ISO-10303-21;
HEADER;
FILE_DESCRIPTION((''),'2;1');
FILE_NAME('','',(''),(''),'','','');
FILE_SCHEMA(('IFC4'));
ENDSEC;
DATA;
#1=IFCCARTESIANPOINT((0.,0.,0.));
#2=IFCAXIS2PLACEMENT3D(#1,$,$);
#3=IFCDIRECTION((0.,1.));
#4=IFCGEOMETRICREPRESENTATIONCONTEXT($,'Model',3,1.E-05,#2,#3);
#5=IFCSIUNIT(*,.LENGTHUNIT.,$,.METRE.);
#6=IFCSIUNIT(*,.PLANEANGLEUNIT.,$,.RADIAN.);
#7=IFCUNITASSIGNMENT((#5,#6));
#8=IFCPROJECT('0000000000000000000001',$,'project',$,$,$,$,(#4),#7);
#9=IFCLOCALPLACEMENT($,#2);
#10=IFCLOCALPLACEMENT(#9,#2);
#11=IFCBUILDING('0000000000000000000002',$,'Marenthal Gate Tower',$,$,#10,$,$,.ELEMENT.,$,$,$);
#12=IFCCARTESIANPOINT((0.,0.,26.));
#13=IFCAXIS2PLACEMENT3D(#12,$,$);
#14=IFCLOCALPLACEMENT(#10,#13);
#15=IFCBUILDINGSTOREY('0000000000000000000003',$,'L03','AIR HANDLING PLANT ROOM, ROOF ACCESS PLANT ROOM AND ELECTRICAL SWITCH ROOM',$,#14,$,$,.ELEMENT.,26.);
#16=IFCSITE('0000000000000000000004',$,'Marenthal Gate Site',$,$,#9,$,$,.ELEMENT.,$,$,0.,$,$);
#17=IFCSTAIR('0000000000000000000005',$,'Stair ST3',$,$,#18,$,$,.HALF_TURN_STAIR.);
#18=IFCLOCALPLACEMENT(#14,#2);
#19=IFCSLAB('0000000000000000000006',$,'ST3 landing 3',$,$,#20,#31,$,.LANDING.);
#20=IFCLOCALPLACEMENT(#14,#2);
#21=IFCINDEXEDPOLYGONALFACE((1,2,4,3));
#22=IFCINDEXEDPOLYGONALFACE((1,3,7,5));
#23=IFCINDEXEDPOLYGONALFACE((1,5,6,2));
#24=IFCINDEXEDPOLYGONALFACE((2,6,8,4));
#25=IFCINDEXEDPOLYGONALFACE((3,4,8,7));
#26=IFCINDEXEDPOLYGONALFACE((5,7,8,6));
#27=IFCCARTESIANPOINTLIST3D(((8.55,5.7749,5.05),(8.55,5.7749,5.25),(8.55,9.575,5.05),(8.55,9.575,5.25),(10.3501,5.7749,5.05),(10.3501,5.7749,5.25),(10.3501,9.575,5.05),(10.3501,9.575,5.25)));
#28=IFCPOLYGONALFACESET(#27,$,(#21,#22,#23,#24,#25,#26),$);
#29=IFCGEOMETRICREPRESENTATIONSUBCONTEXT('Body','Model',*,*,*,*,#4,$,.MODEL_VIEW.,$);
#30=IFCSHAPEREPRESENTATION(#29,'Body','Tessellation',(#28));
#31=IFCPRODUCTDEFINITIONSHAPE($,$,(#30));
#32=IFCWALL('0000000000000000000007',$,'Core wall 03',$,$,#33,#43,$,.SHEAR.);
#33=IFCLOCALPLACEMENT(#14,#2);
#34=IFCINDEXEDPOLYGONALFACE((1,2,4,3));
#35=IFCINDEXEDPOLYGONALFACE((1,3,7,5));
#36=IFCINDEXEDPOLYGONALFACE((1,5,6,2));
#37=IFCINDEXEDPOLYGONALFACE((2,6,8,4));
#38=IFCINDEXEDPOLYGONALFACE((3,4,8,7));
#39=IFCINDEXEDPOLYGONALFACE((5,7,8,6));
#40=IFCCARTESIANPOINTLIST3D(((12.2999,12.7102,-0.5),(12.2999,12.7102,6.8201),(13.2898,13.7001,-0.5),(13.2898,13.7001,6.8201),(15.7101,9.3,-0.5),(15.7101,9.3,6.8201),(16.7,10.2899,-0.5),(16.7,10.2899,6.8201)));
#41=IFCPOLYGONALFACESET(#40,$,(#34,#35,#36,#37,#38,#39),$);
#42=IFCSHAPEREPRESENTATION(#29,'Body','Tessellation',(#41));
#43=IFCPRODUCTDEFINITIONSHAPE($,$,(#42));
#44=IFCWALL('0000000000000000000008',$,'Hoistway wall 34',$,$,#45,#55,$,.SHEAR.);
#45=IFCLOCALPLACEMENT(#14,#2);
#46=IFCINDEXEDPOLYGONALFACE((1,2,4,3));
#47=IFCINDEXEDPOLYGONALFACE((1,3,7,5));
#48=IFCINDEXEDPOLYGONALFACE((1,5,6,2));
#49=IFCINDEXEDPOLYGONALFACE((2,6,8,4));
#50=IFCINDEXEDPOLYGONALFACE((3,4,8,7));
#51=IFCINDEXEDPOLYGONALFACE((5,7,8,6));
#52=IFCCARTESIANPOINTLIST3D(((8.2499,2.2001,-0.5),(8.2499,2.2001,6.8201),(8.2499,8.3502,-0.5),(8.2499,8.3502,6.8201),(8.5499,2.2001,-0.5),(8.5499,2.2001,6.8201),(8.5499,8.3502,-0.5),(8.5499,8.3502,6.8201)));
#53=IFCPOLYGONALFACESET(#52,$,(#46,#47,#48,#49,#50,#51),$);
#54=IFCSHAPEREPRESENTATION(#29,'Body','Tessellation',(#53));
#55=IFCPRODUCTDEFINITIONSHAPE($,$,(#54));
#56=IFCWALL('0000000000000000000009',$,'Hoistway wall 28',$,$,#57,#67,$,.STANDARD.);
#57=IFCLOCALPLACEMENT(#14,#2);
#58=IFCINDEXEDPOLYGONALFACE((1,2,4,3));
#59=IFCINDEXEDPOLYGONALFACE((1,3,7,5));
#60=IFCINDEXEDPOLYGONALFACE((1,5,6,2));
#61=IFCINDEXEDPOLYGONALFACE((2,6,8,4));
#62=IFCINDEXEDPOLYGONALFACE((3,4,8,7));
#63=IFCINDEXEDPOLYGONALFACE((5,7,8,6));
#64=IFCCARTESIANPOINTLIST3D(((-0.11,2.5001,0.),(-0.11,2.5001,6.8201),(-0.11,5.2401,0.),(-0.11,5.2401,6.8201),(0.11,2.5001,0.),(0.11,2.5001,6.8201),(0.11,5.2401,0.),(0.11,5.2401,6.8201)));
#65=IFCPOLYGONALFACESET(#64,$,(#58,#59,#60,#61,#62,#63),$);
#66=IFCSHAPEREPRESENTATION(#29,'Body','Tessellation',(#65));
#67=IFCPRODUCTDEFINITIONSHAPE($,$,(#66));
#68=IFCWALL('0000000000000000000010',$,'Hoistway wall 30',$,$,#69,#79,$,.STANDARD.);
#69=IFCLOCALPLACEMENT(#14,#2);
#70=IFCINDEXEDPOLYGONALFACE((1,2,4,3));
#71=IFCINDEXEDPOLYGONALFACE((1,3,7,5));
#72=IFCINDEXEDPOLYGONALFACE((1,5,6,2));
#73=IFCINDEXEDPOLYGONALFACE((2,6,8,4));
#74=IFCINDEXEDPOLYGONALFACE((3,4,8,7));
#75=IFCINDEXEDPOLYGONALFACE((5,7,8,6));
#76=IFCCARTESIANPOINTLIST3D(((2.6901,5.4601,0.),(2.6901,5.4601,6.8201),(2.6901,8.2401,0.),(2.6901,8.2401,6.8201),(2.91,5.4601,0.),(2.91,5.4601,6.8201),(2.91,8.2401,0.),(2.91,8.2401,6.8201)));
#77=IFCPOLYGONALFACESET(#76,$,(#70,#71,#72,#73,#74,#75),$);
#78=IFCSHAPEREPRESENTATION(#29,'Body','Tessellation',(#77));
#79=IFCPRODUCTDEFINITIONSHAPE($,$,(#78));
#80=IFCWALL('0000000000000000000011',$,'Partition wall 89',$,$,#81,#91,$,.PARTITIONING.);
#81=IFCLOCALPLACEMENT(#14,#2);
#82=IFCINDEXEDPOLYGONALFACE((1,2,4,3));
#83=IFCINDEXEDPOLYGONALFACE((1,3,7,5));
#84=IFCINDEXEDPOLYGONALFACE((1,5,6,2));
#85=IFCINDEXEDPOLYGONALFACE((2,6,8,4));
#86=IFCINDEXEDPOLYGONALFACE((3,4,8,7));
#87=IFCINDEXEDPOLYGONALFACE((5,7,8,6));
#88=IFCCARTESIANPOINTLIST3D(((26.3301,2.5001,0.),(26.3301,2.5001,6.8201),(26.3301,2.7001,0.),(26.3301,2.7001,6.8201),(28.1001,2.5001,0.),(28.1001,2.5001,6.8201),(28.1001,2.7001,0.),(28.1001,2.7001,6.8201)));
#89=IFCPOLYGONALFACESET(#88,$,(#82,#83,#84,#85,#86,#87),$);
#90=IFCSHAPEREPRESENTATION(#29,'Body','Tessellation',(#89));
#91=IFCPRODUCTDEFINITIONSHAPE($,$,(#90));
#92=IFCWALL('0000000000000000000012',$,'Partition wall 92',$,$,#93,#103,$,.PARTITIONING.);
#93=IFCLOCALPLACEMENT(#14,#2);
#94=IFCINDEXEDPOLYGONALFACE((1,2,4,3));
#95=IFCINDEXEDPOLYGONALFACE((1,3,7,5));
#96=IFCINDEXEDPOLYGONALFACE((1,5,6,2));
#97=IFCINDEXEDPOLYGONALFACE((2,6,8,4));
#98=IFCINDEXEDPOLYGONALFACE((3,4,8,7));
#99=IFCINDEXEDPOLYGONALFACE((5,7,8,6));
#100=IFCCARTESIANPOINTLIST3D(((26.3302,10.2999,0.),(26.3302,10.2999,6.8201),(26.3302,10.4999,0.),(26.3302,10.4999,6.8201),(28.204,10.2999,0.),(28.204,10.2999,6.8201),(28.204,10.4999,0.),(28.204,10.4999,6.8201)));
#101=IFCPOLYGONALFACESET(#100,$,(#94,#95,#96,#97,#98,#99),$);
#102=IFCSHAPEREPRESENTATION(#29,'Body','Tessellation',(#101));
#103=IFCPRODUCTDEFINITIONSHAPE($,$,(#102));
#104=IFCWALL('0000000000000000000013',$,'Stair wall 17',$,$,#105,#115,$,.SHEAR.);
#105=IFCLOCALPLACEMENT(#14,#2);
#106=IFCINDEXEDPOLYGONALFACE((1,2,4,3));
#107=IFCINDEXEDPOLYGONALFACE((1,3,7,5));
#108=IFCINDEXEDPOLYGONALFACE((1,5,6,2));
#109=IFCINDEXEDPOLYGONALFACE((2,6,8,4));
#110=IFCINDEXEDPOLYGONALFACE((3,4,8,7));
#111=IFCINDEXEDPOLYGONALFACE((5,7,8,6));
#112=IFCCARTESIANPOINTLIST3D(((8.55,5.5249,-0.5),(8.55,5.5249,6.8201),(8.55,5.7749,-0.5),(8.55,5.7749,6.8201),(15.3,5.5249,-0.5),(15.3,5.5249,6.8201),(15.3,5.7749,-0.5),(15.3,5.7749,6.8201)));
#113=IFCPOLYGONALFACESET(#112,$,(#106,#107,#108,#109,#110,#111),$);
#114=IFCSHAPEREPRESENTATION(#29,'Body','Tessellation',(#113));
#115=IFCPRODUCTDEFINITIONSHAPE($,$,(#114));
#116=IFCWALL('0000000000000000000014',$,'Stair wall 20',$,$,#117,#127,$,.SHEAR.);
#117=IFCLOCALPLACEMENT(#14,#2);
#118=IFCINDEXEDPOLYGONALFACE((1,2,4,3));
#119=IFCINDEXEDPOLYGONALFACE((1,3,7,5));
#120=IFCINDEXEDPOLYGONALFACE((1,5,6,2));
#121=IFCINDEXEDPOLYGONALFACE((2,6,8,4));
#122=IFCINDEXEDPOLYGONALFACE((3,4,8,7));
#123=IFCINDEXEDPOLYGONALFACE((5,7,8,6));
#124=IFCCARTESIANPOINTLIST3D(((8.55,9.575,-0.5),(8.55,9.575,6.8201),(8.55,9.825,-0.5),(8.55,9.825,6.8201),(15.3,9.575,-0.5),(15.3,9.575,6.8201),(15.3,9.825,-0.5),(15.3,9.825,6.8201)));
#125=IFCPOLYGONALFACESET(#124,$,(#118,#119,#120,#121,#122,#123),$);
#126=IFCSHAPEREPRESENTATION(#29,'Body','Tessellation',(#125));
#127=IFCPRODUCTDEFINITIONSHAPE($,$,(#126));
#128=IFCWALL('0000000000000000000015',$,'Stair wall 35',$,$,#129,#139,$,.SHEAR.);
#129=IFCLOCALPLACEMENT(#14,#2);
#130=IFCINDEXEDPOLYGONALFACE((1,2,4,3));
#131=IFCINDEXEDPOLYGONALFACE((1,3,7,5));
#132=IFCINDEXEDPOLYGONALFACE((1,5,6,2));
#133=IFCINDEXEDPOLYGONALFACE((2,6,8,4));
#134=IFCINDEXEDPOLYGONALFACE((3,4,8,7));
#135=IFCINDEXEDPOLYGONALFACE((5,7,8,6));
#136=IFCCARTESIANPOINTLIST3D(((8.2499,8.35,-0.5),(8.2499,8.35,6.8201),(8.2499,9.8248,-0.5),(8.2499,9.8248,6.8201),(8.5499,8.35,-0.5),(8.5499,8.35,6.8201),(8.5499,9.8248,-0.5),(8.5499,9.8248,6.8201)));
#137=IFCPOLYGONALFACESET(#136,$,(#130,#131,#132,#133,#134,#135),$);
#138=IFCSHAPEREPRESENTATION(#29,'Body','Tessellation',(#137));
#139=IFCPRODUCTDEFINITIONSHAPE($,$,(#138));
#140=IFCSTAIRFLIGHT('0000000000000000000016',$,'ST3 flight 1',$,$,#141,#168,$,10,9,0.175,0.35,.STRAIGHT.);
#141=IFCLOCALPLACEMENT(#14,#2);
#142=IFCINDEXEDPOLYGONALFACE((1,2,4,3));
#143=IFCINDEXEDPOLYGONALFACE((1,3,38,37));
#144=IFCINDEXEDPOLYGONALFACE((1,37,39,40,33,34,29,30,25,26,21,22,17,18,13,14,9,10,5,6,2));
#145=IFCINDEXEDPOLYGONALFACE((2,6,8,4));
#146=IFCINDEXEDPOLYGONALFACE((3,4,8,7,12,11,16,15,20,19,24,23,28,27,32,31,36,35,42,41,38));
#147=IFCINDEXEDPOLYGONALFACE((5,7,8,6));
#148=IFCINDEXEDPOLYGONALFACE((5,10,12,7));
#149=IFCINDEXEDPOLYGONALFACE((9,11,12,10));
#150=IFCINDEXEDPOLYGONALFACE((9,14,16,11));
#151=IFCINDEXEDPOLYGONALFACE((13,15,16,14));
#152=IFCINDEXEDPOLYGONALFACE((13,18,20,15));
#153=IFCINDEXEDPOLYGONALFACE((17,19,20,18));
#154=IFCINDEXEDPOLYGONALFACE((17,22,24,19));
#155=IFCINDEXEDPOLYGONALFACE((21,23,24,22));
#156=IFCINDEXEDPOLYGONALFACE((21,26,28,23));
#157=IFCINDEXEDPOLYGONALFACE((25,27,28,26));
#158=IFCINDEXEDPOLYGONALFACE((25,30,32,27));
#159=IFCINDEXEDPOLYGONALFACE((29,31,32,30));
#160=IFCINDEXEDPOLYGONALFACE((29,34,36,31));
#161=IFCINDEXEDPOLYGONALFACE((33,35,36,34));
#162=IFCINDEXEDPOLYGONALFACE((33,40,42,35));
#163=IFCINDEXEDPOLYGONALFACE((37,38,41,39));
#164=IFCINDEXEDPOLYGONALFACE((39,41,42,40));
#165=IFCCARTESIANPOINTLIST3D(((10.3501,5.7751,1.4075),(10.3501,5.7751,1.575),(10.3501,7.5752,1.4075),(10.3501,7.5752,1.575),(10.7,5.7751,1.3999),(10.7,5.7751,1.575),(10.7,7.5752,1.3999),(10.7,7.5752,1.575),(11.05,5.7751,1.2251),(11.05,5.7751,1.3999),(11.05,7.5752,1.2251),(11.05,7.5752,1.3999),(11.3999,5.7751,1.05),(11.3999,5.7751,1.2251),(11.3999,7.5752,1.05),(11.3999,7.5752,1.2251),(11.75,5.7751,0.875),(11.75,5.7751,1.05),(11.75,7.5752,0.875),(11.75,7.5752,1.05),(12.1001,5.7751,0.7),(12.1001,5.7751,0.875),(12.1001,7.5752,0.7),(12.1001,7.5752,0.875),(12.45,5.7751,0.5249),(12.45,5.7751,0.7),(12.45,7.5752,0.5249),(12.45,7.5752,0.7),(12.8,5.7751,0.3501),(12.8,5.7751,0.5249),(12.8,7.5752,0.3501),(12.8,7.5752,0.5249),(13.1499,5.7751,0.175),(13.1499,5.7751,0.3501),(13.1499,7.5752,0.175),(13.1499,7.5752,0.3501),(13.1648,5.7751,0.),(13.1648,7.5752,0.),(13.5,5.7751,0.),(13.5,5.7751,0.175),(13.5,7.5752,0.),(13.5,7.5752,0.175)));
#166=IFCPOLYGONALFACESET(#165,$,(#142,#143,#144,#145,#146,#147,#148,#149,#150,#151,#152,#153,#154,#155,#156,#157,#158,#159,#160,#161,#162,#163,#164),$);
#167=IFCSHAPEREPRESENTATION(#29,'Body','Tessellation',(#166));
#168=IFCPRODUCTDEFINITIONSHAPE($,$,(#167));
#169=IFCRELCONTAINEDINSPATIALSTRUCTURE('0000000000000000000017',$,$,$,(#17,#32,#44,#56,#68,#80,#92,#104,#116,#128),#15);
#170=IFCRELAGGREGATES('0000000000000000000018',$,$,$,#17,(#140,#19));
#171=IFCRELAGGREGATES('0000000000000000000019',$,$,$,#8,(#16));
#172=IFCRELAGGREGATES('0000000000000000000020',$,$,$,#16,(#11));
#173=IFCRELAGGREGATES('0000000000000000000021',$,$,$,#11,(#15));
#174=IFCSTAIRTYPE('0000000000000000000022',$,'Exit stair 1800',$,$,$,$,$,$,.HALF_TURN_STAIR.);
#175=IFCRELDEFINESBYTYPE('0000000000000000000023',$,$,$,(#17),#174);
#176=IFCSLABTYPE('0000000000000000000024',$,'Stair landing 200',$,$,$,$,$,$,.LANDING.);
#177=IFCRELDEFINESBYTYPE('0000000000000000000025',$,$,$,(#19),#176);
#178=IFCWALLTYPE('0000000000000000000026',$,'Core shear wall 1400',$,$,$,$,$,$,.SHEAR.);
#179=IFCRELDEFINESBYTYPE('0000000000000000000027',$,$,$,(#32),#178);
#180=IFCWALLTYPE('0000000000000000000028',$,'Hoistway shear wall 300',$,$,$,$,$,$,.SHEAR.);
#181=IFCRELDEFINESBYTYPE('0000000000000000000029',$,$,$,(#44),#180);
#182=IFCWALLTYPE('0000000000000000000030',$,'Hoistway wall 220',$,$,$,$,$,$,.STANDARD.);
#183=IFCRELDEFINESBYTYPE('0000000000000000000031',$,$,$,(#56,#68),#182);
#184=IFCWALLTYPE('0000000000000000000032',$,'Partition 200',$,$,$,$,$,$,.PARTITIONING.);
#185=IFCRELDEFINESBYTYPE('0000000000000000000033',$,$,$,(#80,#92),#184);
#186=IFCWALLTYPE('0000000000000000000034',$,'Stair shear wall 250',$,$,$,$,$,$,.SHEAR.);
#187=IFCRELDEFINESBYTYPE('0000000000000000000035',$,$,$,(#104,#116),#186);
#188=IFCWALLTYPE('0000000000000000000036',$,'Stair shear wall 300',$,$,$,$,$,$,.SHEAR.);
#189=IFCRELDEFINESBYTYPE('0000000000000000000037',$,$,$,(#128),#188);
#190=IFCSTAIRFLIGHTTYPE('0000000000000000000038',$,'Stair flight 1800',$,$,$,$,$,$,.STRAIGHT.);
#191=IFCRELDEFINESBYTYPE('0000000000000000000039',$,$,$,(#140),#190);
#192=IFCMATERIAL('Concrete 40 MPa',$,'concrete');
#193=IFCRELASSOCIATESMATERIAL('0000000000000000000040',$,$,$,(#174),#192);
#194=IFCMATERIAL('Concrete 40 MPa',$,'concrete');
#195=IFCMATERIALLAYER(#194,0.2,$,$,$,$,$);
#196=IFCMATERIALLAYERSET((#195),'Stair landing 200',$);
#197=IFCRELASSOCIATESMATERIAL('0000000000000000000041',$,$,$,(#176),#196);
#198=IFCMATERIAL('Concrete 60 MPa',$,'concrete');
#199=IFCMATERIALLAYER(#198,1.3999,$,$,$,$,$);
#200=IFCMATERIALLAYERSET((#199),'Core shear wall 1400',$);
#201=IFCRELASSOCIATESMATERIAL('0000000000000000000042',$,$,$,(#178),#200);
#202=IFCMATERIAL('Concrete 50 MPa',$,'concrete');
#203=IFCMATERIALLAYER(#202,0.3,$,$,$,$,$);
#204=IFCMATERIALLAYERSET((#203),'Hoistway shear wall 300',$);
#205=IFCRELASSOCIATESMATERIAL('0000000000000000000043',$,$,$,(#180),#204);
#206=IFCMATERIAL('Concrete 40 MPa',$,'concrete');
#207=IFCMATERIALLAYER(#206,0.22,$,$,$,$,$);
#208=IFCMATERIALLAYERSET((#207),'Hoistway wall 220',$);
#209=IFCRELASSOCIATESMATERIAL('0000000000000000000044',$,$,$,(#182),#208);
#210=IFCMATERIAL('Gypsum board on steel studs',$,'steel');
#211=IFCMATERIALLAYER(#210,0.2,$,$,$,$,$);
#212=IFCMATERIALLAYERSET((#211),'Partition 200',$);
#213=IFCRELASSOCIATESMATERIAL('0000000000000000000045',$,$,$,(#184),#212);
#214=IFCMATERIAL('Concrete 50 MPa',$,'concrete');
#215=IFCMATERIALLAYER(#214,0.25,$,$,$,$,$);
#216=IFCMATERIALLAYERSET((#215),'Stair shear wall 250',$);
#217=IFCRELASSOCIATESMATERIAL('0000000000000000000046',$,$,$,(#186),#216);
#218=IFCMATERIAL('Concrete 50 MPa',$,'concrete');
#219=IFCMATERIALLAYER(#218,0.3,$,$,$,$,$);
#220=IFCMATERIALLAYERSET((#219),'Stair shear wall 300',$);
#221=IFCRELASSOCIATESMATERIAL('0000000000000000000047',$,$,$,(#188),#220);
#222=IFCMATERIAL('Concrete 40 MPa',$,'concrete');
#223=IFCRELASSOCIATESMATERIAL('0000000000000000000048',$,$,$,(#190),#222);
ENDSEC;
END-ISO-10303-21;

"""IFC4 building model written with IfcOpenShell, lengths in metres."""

from ifc_helpers import new_model, si_unit, direction, frame, frame_2d, origin, place, context, subcontext, project, spatial, polyline, rectangle, outline, extrude, material, layer, layer_set, type_object, element, aggregate, save


model = new_model("IFC4")

# Units and contexts
model_context = context("Model", 3, precision=1e-05, world=origin(), true_north=direction((0.0, 1.0)))
body_context = subcontext(model_context, "Body", "Model", "MODEL_VIEW")
ifc_project = project(units=[si_unit("LENGTHUNIT", "METRE"), si_unit("PLANEANGLEUNIT", "RADIAN")], contexts=[model_context])

# Site, building, storey
site_placement = place(None, origin())
site = spatial("IfcSite", under=ifc_project, at=site_placement, Name="Marenthal Gate Site", CompositionType="ELEMENT", RefElevation=0.0)
building_placement = place(site_placement, origin())
building = spatial("IfcBuilding", under=site, at=building_placement, Name="Marenthal Gate Tower", CompositionType="ELEMENT")
storey_placement = place(building_placement, frame((0.0, 0.0, 26.0)))
storey = spatial("IfcBuildingStorey", under=building, at=storey_placement, Name="L03", Description="AIR HANDLING PLANT ROOM, ROOF ACCESS PLANT ROOM AND ELECTRICAL SWITCH ROOM", CompositionType="ELEMENT", Elevation=26.0)

# Stair, slab
ifc_material_1 = material(Name="Concrete 40 MPa", Category="concrete")
stair_type = type_object("IfcStairType", Name="Exit stair 1800", PredefinedType="HALF_TURN_STAIR", material=ifc_material_1)
stair_placement = place(storey_placement, origin())
stair = element("IfcStair", 1, at=stair_placement, inside=storey, type_object=stair_type, Name="Stair ST3", PredefinedType="HALF_TURN_STAIR")
ifc_material_2 = material(Name="Concrete 40 MPa", Category="concrete")
ifc_layer_1 = layer(ifc_material_2, 0.2)
ifc_layer_set_1 = layer_set([ifc_layer_1], Name="Stair landing 200")
slab_type = type_object("IfcSlabType", Name="Stair landing 200", PredefinedType="LANDING", material=ifc_layer_set_1)
slab_placement = place(storey_placement, frame((0.0, 0.0, 5.05)))
slab = element("IfcSlab", 2, at=slab_placement, type_object=slab_type, Name="ST3 landing 3", PredefinedType="LANDING", context=body_context, shape_type="SweptSolid", body=[
    extrude(outline(polyline([(8.55, 5.7749), (10.3501, 5.7749), (10.3501, 9.575), (8.55, 9.575), (8.55, 5.7749)])), origin(), (0.0, 0.0, 1.0), 0.2),
])

# Walls
ifc_material_3 = material(Name="Concrete 60 MPa", Category="concrete")
ifc_layer_2 = layer(ifc_material_3, 1.3999)
ifc_layer_set_2 = layer_set([ifc_layer_2], Name="Core shear wall 1400")
wall_type_1 = type_object("IfcWallType", Name="Core shear wall 1400", PredefinedType="SHEAR", material=ifc_layer_set_2)
wall_1_placement = place(storey_placement, frame((16.2051, 9.7949, -0.5), z_axis=(0.0, 0.0, 1.0), x_axis=(-0.707107, 0.707107, 0.0)))
element("IfcWall", 3, at=wall_1_placement, inside=storey, type_object=wall_type_1, Name="Core wall 03", PredefinedType="SHEAR", context=body_context, shape_type="SweptSolid", body=[
    extrude(rectangle(XDim=4.8228, YDim=1.3999, at=frame_2d((2.4114, 0.0))), origin(), (0.0, 0.0, 1.0), 7.3201),
])
ifc_material_4 = material(Name="Concrete 50 MPa", Category="concrete")
ifc_layer_3 = layer(ifc_material_4, 0.3)
ifc_layer_set_3 = layer_set([ifc_layer_3], Name="Hoistway shear wall 300")
wall_type_2 = type_object("IfcWallType", Name="Hoistway shear wall 300", PredefinedType="SHEAR", material=ifc_layer_set_3)
wall_2_placement = place(storey_placement, frame((8.3999, 2.2, -0.5), z_axis=(0.0, 0.0, 1.0), x_axis=(0.0, 1.0, 0.0)))
element("IfcWall", 4, at=wall_2_placement, inside=storey, type_object=wall_type_2, Name="Hoistway wall 34", PredefinedType="SHEAR", context=body_context, shape_type="SweptSolid", body=[
    extrude(rectangle(XDim=6.1501, YDim=0.3, at=frame_2d((3.0752, 0.0))), origin(), (0.0, 0.0, 1.0), 7.3201),
])
ifc_material_5 = material(Name="Concrete 40 MPa", Category="concrete")
ifc_layer_4 = layer(ifc_material_5, 0.22)
ifc_layer_set_4 = layer_set([ifc_layer_4], Name="Hoistway wall 220")
wall_type_3 = type_object("IfcWallType", Name="Hoistway wall 220", PredefinedType="STANDARD", material=ifc_layer_set_4)
wall_3_placement = place(storey_placement, frame((0.0, 2.5, 0.0), z_axis=(0.0, 0.0, 1.0), x_axis=(0.0, 1.0, 0.0)))
element("IfcWall", 5, at=wall_3_placement, inside=storey, type_object=wall_type_3, Name="Hoistway wall 28", PredefinedType="STANDARD", context=body_context, shape_type="SweptSolid", body=[
    extrude(rectangle(XDim=2.74, YDim=0.22, at=frame_2d((1.3701, 0.0))), origin(), (0.0, 0.0, 1.0), 6.8201),
])
wall_4_placement = place(storey_placement, frame((2.8, 5.46, 0.0), z_axis=(0.0, 0.0, 1.0), x_axis=(0.0, 1.0, 0.0)))
element("IfcWall", 6, at=wall_4_placement, inside=storey, type_object=wall_type_3, Name="Hoistway wall 30", PredefinedType="STANDARD", context=body_context, shape_type="SweptSolid", body=[
    extrude(rectangle(XDim=2.78, YDim=0.22, at=frame_2d((1.3901, 0.0))), origin(), (0.0, 0.0, 1.0), 6.8201),
])
ifc_material_6 = material(Name="Gypsum board on steel studs", Category="steel")
ifc_layer_5 = layer(ifc_material_6, 0.2)
ifc_layer_set_5 = layer_set([ifc_layer_5], Name="Partition 200")
wall_type_4 = type_object("IfcWallType", Name="Partition 200", PredefinedType="PARTITIONING", material=ifc_layer_set_5)
wall_5_placement = place(storey_placement, frame((26.3301, 2.6001, 0.0), z_axis=(0.0, 0.0, 1.0), x_axis=(1.0, 0.0, 0.0)))
element("IfcWall", 7, at=wall_5_placement, inside=storey, type_object=wall_type_4, Name="Partition wall 89", PredefinedType="PARTITIONING", context=body_context, shape_type="SweptSolid", body=[
    extrude(rectangle(XDim=1.77, YDim=0.2, at=frame_2d((0.885, 0.0))), origin(), (0.0, 0.0, 1.0), 6.8201),
])
wall_6_placement = place(storey_placement, frame((26.3301, 10.3999, 0.0), z_axis=(0.0, 0.0, 1.0), x_axis=(1.0, 0.0, 0.0)))
element("IfcWall", 8, at=wall_6_placement, inside=storey, type_object=wall_type_4, Name="Partition wall 92", PredefinedType="PARTITIONING", context=body_context, shape_type="SweptSolid", body=[
    extrude(rectangle(XDim=1.8738, YDim=0.2, at=frame_2d((0.937, 0.0))), origin(), (0.0, 0.0, 1.0), 6.8201),
])
ifc_material_7 = material(Name="Concrete 50 MPa", Category="concrete")
ifc_layer_6 = layer(ifc_material_7, 0.25)
ifc_layer_set_6 = layer_set([ifc_layer_6], Name="Stair shear wall 250")
wall_type_5 = type_object("IfcWallType", Name="Stair shear wall 250", PredefinedType="SHEAR", material=ifc_layer_set_6)
for number, where, z_axis, x_axis, name in (
    (9, (8.55, 5.6499, -0.5), (0.0, 0.0, 1.0), (1.0, 0.0, 0.0), "Stair wall 17"),
    (10, (8.55, 9.7, -0.5), (0.0, 0.0, 1.0), (1.0, 0.0, 0.0), "Stair wall 20"),
):
    element("IfcWall", number, at=place(storey_placement, frame(where, z_axis=z_axis, x_axis=x_axis)), inside=storey, type_object=wall_type_5, Name=name, PredefinedType="SHEAR", context=body_context, shape_type="SweptSolid", body=[
        extrude(rectangle(XDim=6.75, YDim=0.25, at=frame_2d((3.375, 0.0))), origin(), (0.0, 0.0, 1.0), 7.3201),
    ])
ifc_material_8 = material(Name="Concrete 50 MPa", Category="concrete")
ifc_layer_7 = layer(ifc_material_8, 0.3)
ifc_layer_set_7 = layer_set([ifc_layer_7], Name="Stair shear wall 300")
wall_type_6 = type_object("IfcWallType", Name="Stair shear wall 300", PredefinedType="SHEAR", material=ifc_layer_set_7)
wall_7_placement = place(storey_placement, frame((8.3999, 8.3501, -0.5), z_axis=(0.0, 0.0, 1.0), x_axis=(0.0, 1.0, 0.0)))
element("IfcWall", 11, at=wall_7_placement, inside=storey, type_object=wall_type_6, Name="Stair wall 35", PredefinedType="SHEAR", context=body_context, shape_type="SweptSolid", body=[
    extrude(rectangle(XDim=1.4749, YDim=0.3, at=frame_2d((0.7373, 0.0))), origin(), (0.0, 0.0, 1.0), 7.3201),
])

# Stair flight
ifc_material_9 = material(Name="Concrete 40 MPa", Category="concrete")
stair_flight_type = type_object("IfcStairFlightType", Name="Stair flight 1800", PredefinedType="STRAIGHT", material=ifc_material_9)
stair_flight_1_placement = place(storey_placement, frame((13.5, 6.675, 0.0), z_axis=(0.0, 0.0, 1.0), x_axis=(-1.0, 0.0, 0.0)))
stair_flight_1 = element("IfcStairFlight", 12, at=stair_flight_1_placement, type_object=stair_flight_type, Name="ST3 flight 1", NumberOfRisers=10, NumberOfTreads=9, PredefinedType="STRAIGHT", RiserHeight=0.175, TreadLength=0.35, context=body_context, shape_type="SweptSolid", body=[
    extrude(outline(polyline([(0.0, 0.0), (0.0, 0.175), (0.3501, 0.175), (0.3501, 0.3501), (0.7, 0.3501), (0.7, 0.5249), (1.05, 0.5249), (1.05, 0.7), (1.3999, 0.7), (1.3999, 0.875), (1.75, 0.875), (1.75, 1.05), (2.1001, 1.05), (2.1001, 1.2251), (2.45, 1.2251), (2.45, 1.3999), (2.8, 1.3999), (2.8, 1.575), (3.1499, 1.575), (3.1499, 1.75), (3.1499, 1.4075), (0.3352, 0.0), (0.0, 0.0)])), frame((0.0, 0.8999, 0.0), z_axis=(0.0, -1.0, 0.0), x_axis=(1.0, 0.0, 0.0)), (0.0, 0.0, 1.0), 1.8),
])
aggregate(stair, [stair_flight_1, slab])

save(model, "model.ifc")
